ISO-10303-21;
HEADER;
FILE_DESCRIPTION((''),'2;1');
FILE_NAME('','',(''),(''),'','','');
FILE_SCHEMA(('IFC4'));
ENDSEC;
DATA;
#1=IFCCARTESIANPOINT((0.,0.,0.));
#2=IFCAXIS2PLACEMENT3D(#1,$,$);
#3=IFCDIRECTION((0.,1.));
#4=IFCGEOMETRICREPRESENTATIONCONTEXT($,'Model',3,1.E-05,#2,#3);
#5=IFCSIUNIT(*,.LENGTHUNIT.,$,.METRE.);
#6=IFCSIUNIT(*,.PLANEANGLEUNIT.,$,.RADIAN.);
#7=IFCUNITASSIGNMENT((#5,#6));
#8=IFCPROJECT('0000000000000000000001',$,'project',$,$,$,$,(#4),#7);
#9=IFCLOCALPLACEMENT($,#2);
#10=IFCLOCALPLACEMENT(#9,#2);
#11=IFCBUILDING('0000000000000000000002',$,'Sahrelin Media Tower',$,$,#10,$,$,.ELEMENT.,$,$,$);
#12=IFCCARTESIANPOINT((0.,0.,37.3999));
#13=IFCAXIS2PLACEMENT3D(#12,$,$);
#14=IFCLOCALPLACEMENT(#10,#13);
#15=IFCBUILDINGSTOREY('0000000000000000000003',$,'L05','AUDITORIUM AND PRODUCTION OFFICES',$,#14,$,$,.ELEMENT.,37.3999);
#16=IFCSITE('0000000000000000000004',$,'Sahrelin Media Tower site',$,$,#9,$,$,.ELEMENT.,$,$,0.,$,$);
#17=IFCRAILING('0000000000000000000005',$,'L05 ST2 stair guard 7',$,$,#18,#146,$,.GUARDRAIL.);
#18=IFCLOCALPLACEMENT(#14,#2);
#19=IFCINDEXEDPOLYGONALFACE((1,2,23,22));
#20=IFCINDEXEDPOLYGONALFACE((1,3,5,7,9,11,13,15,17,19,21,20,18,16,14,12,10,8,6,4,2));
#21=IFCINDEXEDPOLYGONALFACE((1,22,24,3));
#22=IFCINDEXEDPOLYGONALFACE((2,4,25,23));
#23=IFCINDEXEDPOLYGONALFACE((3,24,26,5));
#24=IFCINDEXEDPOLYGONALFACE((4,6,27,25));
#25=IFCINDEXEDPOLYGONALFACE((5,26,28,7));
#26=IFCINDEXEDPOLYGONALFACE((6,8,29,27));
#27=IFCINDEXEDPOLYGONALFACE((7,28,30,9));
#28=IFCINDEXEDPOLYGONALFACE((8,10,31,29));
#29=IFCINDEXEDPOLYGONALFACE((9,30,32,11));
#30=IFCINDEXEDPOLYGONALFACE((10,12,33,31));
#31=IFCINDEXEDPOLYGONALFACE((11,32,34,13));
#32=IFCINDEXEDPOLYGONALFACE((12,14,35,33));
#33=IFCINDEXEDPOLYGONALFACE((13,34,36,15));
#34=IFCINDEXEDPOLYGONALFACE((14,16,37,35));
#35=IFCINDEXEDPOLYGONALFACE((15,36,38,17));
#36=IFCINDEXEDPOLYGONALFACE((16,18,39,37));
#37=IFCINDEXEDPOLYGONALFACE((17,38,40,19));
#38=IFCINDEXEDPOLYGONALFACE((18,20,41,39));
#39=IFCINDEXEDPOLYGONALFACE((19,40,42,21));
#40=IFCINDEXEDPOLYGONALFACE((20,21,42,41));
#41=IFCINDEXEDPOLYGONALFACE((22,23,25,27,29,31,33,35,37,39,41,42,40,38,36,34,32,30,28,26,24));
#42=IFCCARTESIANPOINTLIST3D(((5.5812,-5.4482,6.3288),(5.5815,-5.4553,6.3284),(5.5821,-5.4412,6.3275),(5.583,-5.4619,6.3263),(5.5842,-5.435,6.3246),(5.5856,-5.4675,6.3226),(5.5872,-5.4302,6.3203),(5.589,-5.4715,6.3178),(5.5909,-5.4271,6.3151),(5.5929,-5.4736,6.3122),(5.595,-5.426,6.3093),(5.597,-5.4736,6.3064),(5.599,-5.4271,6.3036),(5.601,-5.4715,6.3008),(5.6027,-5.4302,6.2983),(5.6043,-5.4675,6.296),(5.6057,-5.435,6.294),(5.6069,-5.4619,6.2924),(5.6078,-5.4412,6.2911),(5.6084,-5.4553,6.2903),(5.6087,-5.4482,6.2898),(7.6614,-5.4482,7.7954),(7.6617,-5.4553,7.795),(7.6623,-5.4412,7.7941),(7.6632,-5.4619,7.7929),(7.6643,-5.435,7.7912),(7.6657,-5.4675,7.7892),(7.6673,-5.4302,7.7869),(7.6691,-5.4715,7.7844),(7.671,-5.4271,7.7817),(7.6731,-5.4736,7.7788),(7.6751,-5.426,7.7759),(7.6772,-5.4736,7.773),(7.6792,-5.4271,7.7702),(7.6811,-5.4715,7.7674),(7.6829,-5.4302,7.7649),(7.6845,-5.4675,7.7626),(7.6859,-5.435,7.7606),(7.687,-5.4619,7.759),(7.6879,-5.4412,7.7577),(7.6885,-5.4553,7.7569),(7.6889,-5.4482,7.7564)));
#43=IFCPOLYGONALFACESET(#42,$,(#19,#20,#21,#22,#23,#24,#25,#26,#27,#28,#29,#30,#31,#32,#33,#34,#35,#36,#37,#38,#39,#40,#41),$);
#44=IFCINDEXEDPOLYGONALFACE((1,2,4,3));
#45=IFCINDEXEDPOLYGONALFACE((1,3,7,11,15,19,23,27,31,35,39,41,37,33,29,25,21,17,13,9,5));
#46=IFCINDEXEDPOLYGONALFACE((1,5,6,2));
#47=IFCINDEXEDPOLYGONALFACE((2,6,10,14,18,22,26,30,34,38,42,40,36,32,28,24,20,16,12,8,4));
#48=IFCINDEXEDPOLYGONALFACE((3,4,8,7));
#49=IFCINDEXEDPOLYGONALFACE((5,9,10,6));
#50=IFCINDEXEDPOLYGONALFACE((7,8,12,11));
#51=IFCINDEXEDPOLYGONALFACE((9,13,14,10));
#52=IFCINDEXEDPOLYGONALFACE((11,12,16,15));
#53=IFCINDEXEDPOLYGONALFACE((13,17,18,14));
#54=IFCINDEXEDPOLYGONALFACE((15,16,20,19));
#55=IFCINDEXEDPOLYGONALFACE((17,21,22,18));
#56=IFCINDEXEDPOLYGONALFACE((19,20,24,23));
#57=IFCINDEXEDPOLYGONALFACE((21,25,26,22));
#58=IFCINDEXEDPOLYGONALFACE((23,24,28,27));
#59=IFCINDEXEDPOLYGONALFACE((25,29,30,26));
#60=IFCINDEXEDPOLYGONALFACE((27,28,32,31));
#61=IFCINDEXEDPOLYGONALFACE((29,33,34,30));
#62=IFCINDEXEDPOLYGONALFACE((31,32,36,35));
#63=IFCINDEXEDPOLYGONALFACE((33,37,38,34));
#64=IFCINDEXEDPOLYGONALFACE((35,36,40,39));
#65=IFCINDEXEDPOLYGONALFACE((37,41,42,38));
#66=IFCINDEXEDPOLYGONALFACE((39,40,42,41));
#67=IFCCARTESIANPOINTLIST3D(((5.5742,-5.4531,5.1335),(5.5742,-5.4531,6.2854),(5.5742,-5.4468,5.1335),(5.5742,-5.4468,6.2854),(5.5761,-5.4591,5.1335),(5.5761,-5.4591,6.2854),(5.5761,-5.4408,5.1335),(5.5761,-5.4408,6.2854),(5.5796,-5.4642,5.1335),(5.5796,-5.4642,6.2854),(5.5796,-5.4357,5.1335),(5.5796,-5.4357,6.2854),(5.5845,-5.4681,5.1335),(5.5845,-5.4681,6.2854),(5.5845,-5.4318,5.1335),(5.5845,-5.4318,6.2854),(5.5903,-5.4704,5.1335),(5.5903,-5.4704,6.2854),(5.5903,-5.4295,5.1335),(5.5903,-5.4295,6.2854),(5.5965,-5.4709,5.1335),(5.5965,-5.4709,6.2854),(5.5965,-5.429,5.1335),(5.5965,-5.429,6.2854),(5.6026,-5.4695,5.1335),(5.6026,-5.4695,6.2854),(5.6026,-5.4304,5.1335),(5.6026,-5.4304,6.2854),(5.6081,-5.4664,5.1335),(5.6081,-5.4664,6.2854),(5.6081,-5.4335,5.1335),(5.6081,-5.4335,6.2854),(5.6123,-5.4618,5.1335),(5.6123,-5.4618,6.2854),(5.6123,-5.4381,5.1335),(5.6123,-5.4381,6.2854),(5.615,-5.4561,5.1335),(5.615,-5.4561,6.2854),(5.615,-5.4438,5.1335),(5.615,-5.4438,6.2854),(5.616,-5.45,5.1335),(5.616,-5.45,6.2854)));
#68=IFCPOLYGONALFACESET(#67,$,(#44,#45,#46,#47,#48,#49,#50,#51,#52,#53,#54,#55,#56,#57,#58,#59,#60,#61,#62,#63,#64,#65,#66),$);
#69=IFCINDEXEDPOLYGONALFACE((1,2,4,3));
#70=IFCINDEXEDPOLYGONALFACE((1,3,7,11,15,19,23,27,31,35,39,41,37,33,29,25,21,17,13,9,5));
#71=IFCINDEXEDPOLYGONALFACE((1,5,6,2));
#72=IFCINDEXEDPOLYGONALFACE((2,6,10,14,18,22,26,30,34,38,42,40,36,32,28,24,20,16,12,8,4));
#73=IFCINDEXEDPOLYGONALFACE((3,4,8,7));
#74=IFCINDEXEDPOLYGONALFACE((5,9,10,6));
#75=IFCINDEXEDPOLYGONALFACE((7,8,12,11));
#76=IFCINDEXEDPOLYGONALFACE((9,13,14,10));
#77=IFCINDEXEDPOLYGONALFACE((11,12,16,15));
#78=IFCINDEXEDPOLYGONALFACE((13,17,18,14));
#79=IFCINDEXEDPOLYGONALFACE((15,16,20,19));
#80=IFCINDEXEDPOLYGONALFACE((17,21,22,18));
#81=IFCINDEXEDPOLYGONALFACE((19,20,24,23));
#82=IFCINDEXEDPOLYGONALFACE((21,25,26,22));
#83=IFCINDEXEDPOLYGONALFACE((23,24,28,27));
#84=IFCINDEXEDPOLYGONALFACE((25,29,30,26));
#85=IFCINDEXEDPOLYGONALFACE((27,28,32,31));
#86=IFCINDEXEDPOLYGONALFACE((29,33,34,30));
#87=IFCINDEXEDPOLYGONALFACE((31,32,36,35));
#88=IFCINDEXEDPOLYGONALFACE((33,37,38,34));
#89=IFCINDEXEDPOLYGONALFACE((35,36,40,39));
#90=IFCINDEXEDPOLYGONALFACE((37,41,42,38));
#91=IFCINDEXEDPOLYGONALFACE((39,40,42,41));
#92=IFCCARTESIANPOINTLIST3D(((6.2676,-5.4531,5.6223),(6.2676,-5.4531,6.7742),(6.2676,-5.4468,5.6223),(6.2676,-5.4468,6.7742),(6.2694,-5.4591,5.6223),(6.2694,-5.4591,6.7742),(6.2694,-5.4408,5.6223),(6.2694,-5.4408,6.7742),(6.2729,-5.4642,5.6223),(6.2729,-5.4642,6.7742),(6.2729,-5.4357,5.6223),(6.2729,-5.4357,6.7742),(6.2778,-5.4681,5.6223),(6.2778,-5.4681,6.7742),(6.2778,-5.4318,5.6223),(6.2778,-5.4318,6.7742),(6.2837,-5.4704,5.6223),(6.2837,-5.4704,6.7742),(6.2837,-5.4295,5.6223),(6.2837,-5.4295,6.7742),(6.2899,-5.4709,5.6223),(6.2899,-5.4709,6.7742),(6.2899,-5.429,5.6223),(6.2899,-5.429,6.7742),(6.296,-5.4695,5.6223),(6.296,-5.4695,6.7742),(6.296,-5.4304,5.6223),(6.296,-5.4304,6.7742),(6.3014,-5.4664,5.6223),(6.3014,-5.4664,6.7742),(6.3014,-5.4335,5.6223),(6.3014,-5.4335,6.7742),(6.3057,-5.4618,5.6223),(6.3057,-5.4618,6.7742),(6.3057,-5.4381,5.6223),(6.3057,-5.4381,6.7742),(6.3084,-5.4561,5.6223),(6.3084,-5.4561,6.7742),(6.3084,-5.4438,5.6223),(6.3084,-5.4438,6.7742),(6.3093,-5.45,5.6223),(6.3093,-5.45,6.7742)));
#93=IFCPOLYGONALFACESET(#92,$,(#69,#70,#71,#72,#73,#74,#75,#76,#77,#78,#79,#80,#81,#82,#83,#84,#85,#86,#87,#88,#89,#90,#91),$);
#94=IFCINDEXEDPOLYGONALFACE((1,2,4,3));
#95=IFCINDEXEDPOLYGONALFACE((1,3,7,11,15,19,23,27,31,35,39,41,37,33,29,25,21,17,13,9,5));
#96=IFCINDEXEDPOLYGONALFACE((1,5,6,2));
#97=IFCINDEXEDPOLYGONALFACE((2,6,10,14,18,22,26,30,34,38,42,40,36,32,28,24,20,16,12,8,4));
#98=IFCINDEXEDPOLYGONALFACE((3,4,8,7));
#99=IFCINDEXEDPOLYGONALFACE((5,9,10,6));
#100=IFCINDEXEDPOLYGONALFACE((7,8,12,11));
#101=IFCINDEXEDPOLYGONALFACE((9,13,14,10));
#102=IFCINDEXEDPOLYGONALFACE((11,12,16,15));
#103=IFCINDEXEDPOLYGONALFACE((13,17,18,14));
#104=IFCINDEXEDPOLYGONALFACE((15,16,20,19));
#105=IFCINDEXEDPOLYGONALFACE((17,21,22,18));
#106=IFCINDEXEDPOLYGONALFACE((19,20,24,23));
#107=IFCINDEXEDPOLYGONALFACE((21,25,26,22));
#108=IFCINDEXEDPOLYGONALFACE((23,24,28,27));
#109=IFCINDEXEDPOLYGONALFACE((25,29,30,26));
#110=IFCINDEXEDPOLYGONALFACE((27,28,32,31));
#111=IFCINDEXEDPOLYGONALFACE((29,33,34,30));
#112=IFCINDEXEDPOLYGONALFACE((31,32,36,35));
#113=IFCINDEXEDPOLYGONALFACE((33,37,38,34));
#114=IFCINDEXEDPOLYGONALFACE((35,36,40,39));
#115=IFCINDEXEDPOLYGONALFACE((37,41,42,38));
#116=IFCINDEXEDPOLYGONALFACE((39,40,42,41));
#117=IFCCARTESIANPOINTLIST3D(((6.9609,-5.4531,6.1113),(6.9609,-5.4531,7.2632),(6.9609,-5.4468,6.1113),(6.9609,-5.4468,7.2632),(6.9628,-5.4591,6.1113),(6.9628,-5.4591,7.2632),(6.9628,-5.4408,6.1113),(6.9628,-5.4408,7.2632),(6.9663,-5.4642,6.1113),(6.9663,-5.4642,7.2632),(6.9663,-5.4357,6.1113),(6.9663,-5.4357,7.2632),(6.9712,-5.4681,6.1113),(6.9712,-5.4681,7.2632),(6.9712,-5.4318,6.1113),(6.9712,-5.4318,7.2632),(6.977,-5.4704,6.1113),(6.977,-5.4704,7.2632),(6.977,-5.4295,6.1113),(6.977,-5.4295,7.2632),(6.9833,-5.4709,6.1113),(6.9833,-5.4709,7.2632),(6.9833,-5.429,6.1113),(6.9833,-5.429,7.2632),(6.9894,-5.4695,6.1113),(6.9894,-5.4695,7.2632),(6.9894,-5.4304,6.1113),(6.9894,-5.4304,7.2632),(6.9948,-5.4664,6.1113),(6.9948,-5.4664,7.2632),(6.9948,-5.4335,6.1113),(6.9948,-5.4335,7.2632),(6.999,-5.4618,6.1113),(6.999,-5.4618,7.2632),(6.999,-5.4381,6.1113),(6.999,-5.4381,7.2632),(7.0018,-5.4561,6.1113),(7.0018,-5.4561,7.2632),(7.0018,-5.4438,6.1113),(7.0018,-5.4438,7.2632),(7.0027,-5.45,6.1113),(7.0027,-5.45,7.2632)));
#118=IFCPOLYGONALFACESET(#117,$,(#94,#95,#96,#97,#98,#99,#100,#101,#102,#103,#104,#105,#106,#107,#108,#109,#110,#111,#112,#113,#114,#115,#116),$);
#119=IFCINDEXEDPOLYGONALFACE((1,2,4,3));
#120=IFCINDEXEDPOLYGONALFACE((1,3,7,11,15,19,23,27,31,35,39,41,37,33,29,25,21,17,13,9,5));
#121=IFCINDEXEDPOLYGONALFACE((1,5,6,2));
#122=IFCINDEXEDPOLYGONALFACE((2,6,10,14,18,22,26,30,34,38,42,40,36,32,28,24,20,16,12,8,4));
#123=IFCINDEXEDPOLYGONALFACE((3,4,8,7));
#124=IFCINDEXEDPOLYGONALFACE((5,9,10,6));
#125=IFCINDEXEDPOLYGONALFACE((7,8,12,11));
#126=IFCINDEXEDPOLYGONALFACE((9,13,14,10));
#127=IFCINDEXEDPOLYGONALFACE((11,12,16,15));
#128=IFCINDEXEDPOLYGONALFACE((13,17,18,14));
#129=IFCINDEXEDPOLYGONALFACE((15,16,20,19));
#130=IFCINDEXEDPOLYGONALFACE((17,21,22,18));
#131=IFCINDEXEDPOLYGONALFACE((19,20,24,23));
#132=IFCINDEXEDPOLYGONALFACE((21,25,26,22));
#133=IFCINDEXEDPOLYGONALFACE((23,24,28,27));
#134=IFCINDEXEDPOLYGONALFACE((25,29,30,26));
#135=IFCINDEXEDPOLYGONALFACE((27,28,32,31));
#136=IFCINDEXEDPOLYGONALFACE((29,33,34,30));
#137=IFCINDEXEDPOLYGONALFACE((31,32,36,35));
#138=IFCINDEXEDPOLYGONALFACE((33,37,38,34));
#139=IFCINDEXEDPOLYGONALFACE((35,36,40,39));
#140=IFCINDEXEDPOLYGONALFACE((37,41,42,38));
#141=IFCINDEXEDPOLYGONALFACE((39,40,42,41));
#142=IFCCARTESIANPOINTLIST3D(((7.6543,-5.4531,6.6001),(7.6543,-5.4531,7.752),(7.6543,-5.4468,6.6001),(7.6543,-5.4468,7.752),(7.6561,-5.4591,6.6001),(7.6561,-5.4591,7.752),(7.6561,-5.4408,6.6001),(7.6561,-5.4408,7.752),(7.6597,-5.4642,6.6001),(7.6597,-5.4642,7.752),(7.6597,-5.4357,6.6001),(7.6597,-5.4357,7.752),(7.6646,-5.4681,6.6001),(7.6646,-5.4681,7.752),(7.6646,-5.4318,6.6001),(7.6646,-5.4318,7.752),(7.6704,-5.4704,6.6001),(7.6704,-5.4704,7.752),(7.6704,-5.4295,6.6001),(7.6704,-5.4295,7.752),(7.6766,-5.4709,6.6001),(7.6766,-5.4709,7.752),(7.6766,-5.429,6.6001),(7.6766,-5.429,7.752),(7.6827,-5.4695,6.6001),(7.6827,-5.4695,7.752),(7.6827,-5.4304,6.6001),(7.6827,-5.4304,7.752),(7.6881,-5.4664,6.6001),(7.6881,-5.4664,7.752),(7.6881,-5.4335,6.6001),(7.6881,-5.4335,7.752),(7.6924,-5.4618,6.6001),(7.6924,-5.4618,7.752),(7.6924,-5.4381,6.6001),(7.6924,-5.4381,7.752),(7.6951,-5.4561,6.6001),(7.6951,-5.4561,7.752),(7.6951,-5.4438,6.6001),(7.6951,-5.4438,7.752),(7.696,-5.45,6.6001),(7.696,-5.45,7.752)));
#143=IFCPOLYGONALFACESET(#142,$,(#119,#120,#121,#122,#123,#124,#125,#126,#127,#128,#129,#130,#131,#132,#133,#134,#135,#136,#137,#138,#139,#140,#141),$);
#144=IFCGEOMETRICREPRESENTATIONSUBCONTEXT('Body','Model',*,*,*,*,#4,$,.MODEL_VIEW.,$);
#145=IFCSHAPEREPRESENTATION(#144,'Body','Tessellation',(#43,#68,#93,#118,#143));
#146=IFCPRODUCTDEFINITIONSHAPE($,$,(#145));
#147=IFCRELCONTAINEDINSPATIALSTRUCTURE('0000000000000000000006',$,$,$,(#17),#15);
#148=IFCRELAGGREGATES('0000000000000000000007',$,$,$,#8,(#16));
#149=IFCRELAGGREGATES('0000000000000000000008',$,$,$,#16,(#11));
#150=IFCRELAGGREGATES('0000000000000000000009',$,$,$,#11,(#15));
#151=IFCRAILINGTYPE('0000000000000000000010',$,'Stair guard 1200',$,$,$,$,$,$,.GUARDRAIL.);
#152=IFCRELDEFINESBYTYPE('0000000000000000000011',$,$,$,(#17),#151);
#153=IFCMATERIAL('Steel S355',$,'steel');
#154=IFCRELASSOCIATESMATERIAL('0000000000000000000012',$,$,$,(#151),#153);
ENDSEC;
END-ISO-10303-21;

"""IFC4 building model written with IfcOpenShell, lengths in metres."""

from ifc_helpers import new_model, si_unit, direction, frame, origin, origin_2d, place, context, subcontext, project, spatial, circle, extrude, material, type_object, element, save


model = new_model("IFC4")

# Units and contexts
model_context = context("Model", 3, precision=1e-05, world=origin(), true_north=direction((0.0, 1.0)))
body_context = subcontext(model_context, "Body", "Model", "MODEL_VIEW")
ifc_project = project(units=[si_unit("LENGTHUNIT", "METRE"), si_unit("PLANEANGLEUNIT", "RADIAN")], contexts=[model_context])

# Site, building, storey
site_placement = place(None, origin())
site = spatial("IfcSite", under=ifc_project, at=site_placement, Name="Sahrelin Media Tower site", CompositionType="ELEMENT", RefElevation=0.0)
building_placement = place(site_placement, origin())
building = spatial("IfcBuilding", under=site, at=building_placement, Name="Sahrelin Media Tower", CompositionType="ELEMENT")
storey_placement = place(building_placement, frame((0.0, 0.0, 37.3999)))
storey = spatial("IfcBuildingStorey", under=building, at=storey_placement, Name="L05", Description="AUDITORIUM AND PRODUCTION OFFICES", CompositionType="ELEMENT", Elevation=37.3999)

# Shared definitions
ifc_material_1 = material(Name="Steel S355", Category="steel")

# Railing
railing_type_1 = type_object("IfcRailingType", Name="Stair guard 1200", PredefinedType="GUARDRAIL", material=ifc_material_1)
railing_1_placement = place(storey_placement, frame((5.595, -5.45, 5.1335)))
element("IfcRailing", 1, at=railing_1_placement, inside=storey, type_object=railing_type_1, Name="L05 ST2 stair guard 7", PredefinedType="GUARDRAIL", context=body_context, shape_type="SweptSolid", body=[
    extrude(circle(Radius=0.0239, at=origin_2d()), frame((0.0, 0.0, 1.1758), z_axis=(0.817289, 0.0, 0.576227), x_axis=(0.0, 1.0, 0.0)), (0.0, 0.0, 1.0), 2.5452),
    extrude(circle(Radius=0.021, at=origin_2d()), origin(), (0.0, 0.0, 1.0), 1.1519),
    extrude(circle(Radius=0.021, at=origin_2d()), frame((0.6934, 0.0, 0.4888)), (0.0, 0.0, 1.0), 1.1519),
    extrude(circle(Radius=0.021, at=origin_2d()), frame((1.3867, 0.0, 0.9778)), (0.0, 0.0, 1.0), 1.1519),
    extrude(circle(Radius=0.021, at=origin_2d()), frame((2.0801, 0.0, 1.4666)), (0.0, 0.0, 1.0), 1.1519),
])

save(model, "model.ifc")
